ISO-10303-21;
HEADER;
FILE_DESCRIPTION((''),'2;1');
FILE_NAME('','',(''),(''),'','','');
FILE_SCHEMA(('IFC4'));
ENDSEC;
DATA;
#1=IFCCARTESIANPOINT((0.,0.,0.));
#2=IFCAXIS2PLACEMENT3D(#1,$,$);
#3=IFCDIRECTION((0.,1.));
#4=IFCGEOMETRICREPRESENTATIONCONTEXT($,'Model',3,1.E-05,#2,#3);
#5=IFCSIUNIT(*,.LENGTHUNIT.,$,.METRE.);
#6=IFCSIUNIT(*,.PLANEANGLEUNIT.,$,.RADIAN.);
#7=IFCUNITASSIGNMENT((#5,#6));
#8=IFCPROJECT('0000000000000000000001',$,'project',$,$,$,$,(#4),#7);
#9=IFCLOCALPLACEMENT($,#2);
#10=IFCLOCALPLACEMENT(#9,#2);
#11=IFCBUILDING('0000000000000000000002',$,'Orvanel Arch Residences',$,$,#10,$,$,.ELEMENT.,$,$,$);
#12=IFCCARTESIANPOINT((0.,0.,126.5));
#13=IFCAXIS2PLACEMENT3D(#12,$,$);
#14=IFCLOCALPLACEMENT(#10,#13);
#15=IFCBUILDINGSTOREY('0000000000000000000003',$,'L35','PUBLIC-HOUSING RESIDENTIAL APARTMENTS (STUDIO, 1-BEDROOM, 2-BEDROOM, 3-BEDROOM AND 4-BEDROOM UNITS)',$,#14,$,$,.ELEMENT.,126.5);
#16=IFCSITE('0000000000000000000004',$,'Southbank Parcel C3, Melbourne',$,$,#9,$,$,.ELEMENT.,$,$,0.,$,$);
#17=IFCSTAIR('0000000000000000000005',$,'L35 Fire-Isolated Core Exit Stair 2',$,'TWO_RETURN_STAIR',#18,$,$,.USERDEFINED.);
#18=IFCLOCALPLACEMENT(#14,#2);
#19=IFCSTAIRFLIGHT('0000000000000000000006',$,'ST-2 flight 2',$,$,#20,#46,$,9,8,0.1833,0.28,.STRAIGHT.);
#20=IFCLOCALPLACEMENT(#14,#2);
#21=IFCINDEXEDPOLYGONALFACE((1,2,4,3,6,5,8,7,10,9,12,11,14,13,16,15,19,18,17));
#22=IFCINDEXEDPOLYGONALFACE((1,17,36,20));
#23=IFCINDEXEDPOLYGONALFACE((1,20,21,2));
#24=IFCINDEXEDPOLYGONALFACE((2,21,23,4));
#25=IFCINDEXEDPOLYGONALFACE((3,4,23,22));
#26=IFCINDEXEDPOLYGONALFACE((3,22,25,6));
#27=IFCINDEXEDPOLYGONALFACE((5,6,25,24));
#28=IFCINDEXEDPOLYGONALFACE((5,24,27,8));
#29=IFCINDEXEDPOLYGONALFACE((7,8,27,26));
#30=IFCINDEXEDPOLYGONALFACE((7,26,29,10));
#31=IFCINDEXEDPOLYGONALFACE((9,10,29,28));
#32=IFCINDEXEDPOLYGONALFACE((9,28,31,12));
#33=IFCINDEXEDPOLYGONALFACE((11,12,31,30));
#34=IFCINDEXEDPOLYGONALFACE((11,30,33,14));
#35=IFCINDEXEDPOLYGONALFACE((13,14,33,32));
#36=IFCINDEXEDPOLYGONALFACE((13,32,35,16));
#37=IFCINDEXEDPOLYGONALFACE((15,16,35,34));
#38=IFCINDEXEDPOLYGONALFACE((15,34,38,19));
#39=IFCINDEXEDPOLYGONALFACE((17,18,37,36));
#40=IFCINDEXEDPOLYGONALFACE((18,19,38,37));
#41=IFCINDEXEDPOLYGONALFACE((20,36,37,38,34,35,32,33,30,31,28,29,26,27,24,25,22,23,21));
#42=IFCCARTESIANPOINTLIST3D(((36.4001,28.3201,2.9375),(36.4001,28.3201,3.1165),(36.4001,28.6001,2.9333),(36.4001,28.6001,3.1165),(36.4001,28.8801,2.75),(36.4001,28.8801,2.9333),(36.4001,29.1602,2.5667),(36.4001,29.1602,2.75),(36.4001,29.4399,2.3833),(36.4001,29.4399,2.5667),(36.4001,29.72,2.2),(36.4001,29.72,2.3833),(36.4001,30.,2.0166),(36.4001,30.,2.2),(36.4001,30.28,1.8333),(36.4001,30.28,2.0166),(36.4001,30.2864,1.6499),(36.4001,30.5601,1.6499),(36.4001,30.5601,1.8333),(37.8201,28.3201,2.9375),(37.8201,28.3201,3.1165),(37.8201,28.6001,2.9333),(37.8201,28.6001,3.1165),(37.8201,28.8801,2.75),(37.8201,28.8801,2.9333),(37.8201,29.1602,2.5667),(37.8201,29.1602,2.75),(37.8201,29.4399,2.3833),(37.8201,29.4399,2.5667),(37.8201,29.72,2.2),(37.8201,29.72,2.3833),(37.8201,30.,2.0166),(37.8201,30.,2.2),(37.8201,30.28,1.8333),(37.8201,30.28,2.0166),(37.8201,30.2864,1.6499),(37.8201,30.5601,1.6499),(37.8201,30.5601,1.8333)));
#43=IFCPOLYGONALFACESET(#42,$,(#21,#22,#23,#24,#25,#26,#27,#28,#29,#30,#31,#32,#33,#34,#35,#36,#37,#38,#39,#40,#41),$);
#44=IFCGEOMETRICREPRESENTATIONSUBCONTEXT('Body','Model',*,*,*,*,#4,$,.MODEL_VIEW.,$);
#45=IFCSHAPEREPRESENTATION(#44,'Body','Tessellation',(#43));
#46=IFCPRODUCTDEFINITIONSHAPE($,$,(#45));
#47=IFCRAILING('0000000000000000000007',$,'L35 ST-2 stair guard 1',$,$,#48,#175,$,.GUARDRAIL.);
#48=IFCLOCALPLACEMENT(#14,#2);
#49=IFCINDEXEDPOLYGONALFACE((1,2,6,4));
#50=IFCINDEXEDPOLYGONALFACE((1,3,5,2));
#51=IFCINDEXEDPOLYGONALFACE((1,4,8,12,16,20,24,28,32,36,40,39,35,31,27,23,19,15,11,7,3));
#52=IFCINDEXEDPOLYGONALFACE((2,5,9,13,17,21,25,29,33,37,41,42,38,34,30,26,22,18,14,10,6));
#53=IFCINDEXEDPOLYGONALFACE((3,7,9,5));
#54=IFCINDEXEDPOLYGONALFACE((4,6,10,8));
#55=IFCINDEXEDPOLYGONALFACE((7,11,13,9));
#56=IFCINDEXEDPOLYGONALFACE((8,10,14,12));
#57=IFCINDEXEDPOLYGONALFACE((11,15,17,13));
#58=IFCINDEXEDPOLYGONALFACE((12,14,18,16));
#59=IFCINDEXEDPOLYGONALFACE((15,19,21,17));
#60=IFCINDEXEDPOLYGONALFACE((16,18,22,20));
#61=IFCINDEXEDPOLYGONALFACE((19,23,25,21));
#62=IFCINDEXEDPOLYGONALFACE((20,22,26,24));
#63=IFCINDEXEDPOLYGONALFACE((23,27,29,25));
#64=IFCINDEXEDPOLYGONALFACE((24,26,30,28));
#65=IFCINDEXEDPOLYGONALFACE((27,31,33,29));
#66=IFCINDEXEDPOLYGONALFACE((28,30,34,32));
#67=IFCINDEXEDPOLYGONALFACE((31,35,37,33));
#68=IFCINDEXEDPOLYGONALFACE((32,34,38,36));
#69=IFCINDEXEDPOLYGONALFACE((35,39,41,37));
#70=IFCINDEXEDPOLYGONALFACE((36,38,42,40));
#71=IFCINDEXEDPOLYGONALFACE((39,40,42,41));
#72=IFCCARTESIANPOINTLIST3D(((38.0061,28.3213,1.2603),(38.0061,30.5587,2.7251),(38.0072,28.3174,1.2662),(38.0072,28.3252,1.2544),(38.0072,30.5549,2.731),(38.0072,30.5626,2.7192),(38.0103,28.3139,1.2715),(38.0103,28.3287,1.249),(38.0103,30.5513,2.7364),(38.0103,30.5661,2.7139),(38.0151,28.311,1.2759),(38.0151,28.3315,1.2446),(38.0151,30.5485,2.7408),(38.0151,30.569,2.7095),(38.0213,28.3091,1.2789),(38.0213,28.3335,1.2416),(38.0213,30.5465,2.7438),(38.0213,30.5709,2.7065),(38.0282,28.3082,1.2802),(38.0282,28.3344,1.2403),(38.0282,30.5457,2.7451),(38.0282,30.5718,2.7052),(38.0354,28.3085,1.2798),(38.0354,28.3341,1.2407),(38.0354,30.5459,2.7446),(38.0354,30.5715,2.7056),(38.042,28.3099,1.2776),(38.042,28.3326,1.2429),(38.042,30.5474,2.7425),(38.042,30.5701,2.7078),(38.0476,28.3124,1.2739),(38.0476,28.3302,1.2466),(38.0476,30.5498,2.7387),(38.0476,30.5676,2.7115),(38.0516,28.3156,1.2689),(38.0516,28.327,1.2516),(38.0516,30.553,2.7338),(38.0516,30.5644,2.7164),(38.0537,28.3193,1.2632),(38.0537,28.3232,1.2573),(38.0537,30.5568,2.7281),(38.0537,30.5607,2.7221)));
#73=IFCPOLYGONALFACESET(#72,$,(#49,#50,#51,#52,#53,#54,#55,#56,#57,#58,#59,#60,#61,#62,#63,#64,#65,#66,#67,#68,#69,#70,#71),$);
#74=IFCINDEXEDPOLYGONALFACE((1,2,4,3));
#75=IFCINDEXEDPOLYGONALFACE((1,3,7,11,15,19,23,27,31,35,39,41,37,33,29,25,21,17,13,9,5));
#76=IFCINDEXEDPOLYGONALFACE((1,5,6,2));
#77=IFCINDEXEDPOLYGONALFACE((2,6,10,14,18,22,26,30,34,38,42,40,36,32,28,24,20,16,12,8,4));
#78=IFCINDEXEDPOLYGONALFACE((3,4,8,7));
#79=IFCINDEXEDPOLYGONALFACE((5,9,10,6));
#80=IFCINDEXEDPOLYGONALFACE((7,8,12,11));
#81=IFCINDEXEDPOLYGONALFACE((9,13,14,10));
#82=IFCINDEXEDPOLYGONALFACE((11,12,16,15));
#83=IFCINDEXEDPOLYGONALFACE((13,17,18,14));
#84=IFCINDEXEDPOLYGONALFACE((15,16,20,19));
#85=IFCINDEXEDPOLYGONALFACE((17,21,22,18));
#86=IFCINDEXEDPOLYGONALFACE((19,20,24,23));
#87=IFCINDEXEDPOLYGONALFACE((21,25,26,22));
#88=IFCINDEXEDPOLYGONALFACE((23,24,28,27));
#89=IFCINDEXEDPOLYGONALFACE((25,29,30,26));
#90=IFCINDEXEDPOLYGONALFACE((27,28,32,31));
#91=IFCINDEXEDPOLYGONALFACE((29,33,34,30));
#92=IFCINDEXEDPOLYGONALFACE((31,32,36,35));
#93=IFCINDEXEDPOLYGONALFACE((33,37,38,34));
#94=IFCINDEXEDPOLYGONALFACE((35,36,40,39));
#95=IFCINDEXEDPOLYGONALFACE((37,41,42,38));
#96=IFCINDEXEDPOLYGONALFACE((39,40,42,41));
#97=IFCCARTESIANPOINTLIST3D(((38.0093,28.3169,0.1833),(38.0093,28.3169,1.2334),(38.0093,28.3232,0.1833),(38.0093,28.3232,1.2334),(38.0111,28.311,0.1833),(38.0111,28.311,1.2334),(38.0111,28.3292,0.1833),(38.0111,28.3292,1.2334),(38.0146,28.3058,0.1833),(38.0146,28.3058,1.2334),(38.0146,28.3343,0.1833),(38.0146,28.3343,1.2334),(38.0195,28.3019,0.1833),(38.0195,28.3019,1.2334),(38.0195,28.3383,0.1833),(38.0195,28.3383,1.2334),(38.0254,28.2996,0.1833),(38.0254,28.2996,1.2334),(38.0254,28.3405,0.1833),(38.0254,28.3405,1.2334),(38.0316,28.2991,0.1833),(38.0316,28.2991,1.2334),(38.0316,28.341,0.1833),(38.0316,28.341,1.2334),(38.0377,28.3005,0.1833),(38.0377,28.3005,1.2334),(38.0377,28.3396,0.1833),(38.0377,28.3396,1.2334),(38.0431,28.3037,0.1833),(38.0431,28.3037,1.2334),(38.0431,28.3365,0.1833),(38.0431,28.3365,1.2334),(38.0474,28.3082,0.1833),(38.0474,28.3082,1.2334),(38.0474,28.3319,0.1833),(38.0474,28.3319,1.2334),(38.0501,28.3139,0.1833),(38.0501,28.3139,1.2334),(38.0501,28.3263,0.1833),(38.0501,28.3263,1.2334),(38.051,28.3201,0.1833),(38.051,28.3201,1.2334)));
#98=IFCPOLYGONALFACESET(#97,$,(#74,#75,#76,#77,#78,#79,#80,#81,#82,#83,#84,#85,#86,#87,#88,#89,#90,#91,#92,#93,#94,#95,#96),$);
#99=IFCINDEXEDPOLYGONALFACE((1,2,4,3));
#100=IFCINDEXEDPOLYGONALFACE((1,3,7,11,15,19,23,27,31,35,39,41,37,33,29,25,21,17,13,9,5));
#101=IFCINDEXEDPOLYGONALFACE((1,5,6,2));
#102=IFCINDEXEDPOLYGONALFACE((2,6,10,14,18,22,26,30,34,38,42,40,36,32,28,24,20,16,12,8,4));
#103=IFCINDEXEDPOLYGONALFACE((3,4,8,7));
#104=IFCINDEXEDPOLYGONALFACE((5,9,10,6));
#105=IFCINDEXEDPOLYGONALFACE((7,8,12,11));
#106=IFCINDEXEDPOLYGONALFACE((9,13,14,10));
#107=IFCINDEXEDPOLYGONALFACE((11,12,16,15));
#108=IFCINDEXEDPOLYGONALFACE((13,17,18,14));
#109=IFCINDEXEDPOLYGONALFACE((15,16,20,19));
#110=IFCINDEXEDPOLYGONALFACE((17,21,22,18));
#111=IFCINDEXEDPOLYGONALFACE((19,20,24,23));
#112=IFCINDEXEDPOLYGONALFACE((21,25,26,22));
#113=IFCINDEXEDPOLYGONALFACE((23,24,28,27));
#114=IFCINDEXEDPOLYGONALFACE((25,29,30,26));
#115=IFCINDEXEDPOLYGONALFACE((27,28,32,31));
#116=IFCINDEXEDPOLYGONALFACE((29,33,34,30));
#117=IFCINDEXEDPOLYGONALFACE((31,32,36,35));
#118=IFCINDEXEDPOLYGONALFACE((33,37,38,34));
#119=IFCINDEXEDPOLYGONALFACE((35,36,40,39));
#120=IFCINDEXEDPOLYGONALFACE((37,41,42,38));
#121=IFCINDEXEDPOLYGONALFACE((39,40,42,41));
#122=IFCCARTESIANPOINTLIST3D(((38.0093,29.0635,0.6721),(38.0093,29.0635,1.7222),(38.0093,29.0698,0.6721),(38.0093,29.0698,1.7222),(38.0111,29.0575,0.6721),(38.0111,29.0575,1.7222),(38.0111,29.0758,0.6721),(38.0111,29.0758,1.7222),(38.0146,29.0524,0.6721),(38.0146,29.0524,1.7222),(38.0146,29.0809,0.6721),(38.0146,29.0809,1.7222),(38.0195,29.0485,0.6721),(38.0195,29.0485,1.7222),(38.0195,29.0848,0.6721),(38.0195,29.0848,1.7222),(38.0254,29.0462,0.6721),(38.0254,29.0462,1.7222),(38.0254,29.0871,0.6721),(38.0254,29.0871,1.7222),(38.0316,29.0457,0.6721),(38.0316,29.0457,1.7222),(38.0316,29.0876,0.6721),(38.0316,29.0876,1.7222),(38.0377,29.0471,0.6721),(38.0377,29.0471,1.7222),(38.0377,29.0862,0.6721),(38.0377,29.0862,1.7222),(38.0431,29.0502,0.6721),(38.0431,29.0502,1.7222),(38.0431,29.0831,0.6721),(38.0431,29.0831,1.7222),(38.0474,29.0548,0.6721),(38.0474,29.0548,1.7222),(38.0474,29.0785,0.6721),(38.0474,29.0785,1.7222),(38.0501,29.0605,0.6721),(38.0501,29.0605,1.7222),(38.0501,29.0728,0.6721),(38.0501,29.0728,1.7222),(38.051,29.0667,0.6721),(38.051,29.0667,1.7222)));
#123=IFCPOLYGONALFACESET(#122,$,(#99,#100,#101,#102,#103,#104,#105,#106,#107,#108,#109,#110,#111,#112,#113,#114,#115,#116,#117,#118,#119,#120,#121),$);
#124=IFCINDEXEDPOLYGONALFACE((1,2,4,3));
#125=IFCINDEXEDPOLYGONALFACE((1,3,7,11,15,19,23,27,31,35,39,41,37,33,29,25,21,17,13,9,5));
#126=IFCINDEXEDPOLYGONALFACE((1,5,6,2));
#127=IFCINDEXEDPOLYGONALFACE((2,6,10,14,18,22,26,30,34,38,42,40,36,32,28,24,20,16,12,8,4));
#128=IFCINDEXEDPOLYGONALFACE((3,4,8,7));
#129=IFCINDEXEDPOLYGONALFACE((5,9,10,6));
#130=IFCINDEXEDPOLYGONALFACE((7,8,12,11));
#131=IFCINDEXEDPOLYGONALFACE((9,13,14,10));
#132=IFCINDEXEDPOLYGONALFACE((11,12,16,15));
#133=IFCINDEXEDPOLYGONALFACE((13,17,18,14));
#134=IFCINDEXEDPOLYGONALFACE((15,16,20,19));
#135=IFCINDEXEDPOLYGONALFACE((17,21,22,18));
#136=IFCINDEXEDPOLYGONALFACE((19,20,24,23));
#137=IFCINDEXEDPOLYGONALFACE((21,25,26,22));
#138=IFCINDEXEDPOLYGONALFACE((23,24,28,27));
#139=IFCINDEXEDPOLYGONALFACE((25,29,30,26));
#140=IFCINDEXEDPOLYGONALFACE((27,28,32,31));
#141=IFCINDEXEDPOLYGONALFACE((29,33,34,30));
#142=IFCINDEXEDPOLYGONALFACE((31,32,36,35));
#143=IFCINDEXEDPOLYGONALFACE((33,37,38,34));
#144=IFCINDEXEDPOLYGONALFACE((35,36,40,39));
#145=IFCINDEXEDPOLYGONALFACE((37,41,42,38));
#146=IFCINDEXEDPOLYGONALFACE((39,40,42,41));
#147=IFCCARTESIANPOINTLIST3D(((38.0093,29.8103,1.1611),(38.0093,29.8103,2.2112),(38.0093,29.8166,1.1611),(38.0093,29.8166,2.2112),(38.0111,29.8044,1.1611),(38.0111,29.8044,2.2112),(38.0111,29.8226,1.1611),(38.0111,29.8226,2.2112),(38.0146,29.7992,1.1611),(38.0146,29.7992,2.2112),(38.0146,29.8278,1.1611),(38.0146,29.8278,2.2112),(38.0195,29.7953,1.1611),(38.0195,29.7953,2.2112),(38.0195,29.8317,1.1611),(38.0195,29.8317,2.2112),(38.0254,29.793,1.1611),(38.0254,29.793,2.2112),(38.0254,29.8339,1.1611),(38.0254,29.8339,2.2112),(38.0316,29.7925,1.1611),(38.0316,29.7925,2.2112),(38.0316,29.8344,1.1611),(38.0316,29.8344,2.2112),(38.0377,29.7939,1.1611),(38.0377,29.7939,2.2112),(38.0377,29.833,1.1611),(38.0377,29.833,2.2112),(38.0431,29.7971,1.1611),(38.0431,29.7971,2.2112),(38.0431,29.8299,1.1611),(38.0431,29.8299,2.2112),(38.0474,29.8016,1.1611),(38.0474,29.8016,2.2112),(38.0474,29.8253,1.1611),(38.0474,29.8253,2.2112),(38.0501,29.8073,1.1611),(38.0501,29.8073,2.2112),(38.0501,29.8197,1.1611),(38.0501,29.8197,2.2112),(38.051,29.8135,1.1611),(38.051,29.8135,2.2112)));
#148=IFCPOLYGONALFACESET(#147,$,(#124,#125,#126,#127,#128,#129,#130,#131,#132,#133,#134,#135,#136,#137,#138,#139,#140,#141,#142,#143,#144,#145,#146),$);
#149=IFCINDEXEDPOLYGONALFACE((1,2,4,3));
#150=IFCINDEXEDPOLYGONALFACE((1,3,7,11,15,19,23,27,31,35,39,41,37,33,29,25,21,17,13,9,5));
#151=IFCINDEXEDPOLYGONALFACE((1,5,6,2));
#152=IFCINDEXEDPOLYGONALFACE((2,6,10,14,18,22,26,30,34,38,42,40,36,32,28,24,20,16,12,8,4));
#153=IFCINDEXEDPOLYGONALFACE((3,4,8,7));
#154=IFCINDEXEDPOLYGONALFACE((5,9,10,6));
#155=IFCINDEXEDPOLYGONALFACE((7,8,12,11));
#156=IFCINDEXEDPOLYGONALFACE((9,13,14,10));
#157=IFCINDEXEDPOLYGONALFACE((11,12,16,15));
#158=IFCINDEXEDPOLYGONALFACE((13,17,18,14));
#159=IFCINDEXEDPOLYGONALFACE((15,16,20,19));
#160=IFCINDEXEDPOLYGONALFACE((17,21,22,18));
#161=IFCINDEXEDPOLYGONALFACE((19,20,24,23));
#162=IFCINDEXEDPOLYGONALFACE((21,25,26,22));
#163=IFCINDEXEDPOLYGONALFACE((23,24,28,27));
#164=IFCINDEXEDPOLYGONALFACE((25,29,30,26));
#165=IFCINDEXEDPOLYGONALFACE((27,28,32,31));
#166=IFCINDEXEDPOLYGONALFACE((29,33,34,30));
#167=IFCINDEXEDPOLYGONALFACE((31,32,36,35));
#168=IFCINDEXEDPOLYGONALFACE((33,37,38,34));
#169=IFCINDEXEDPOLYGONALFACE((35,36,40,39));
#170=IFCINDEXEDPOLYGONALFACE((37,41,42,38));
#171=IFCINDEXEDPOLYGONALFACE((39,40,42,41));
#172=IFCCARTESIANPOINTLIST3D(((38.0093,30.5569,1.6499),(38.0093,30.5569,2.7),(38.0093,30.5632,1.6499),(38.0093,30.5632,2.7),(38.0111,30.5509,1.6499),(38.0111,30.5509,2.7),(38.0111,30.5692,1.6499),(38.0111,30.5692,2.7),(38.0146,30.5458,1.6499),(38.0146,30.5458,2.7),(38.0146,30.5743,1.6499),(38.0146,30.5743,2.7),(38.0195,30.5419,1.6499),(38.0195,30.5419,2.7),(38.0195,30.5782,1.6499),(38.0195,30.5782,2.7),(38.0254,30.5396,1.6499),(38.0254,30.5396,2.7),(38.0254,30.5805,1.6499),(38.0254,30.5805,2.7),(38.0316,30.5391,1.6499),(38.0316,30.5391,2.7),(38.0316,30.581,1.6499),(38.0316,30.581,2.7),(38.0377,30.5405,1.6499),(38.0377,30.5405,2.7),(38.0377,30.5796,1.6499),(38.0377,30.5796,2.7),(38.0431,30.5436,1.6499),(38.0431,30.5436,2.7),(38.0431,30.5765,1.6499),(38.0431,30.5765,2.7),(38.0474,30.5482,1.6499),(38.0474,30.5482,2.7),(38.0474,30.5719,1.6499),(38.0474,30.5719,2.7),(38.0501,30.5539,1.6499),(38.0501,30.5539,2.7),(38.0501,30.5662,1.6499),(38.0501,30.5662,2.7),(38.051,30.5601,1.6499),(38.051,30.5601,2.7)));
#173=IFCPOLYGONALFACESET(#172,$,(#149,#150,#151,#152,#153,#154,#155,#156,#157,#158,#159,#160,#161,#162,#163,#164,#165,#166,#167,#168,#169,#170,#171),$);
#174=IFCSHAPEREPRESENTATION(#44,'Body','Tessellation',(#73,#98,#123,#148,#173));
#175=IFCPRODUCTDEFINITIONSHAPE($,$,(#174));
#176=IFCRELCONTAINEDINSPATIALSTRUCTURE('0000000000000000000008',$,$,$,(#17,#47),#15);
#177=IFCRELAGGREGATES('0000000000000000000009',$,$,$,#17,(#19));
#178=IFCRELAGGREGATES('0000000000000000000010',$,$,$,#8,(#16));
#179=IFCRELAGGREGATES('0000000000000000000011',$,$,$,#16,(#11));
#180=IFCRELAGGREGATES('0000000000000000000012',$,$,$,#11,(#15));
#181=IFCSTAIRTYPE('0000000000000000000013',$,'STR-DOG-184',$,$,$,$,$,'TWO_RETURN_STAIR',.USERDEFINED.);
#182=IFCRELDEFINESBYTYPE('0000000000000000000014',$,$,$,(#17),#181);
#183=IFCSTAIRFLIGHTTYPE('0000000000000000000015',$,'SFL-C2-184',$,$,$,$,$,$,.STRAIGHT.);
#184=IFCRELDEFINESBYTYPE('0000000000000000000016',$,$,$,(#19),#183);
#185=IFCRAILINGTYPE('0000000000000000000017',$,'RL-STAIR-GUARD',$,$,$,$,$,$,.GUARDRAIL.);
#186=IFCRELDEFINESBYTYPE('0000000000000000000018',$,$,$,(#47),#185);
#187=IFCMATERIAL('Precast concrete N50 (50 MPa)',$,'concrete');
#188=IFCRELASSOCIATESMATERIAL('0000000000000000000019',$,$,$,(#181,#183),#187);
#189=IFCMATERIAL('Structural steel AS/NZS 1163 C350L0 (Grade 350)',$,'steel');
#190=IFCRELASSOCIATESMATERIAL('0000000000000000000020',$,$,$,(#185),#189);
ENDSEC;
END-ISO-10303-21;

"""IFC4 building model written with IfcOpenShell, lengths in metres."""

from ifc_helpers import new_model, si_unit, direction, frame, origin, origin_2d, place, context, subcontext, project, spatial, polyline, circle, outline, extrude, material, type_object, element, aggregate, save


model = new_model("IFC4")

# Units and contexts
model_context = context("Model", 3, precision=1e-05, world=origin(), true_north=direction((0.0, 1.0)))
body_context = subcontext(model_context, "Body", "Model", "MODEL_VIEW")
ifc_project = project(units=[si_unit("LENGTHUNIT", "METRE"), si_unit("PLANEANGLEUNIT", "RADIAN")], contexts=[model_context])

# Site, building, storey
site_placement = place(None, origin())
site = spatial("IfcSite", under=ifc_project, at=site_placement, Name="Southbank Parcel C3, Melbourne", CompositionType="ELEMENT", RefElevation=0.0)
building_placement = place(site_placement, origin())
building = spatial("IfcBuilding", under=site, at=building_placement, Name="Orvanel Arch Residences", CompositionType="ELEMENT")
storey_placement = place(building_placement, frame((0.0, 0.0, 126.5)))
storey = spatial("IfcBuildingStorey", under=building, at=storey_placement, Name="L35", Description="PUBLIC-HOUSING RESIDENTIAL APARTMENTS (STUDIO, 1-BEDROOM, 2-BEDROOM, 3-BEDROOM AND 4-BEDROOM UNITS)", CompositionType="ELEMENT", Elevation=126.5)

# Stair, stair flight
ifc_material_1 = material(Name="Precast concrete N50 (50 MPa)", Category="concrete")
stair_type = type_object("IfcStairType", Name="STR-DOG-184", ElementType="TWO_RETURN_STAIR", PredefinedType="USERDEFINED", material=ifc_material_1)
stair_placement = place(storey_placement, origin())
stair = element("IfcStair", 1, at=stair_placement, inside=storey, type_object=stair_type, Name="L35 Fire-Isolated Core Exit Stair 2", ObjectType="TWO_RETURN_STAIR", PredefinedType="USERDEFINED")
stair_flight_type = type_object("IfcStairFlightType", Name="SFL-C2-184", PredefinedType="STRAIGHT", material=ifc_material_1)
stair_flight_1_placement = place(storey_placement, frame((37.1101, 30.5601, 1.6499), z_axis=(0.0, 0.0, 1.0), x_axis=(0.0, -1.0, 0.0)))
stair_flight_1 = element("IfcStairFlight", 2, at=stair_flight_1_placement, type_object=stair_flight_type, Name="ST-2 flight 2", NumberOfRisers=9, NumberOfTreads=8, PredefinedType="STRAIGHT", RiserHeight=0.1833, TreadLength=0.28, context=body_context, shape_type="SweptSolid", body=[
    extrude(outline(polyline([(0.0, 0.0), (0.0, 0.1833), (0.28, 0.1833), (0.28, 0.3667), (0.5601, 0.3667), (0.5601, 0.55), (0.8401, 0.55), (0.8401, 0.7334), (1.1201, 0.7334), (1.1201, 0.9167), (1.3999, 0.9167), (1.3999, 1.1001), (1.6799, 1.1001), (1.6799, 1.2834), (1.96, 1.2834), (1.96, 1.4666), (2.24, 1.4666), (2.24, 1.6499), (2.24, 1.2876), (0.2737, 0.0), (0.0, 0.0)])), frame((0.0, 0.71, 0.0), z_axis=(0.0, -1.0, 0.0), x_axis=(1.0, 0.0, 0.0)), (0.0, 0.0, 1.0), 1.4199),
])
aggregate(stair, [stair_flight_1])

# Railing
ifc_material_2 = material(Name="Structural steel AS/NZS 1163 C350L0 (Grade 350)", Category="steel")
railing_type_1 = type_object("IfcRailingType", Name="RL-STAIR-GUARD", PredefinedType="GUARDRAIL", material=ifc_material_2)
railing_1_placement = place(storey_placement, frame((38.03, 28.3201, 0.1833)))
element("IfcRailing", 3, at=railing_1_placement, inside=storey, type_object=railing_type_1, Name="L35 ST-2 stair guard 1", PredefinedType="GUARDRAIL", context=body_context, shape_type="SweptSolid", body=[
    extrude(circle(Radius=0.0239, at=origin_2d()), frame((0.0, 0.0012, 1.0769), z_axis=(0.0, 0.836637, 0.547758), x_axis=(-1.0, 0.0, 0.0)), (0.0, 0.0, 1.0), 2.6743),
    extrude(circle(Radius=0.021, at=origin_2d()), origin(), (0.0, 0.0, 1.0), 1.05),
    extrude(circle(Radius=0.021, at=origin_2d()), frame((0.0, 0.7466, 0.4888)), (0.0, 0.0, 1.0), 1.05),
    extrude(circle(Radius=0.021, at=origin_2d()), frame((0.0, 1.4934, 0.9778)), (0.0, 0.0, 1.0), 1.05),
    extrude(circle(Radius=0.021, at=origin_2d()), frame((0.0, 2.24, 1.4666)), (0.0, 0.0, 1.0), 1.05),
])

save(model, "model.ifc")
